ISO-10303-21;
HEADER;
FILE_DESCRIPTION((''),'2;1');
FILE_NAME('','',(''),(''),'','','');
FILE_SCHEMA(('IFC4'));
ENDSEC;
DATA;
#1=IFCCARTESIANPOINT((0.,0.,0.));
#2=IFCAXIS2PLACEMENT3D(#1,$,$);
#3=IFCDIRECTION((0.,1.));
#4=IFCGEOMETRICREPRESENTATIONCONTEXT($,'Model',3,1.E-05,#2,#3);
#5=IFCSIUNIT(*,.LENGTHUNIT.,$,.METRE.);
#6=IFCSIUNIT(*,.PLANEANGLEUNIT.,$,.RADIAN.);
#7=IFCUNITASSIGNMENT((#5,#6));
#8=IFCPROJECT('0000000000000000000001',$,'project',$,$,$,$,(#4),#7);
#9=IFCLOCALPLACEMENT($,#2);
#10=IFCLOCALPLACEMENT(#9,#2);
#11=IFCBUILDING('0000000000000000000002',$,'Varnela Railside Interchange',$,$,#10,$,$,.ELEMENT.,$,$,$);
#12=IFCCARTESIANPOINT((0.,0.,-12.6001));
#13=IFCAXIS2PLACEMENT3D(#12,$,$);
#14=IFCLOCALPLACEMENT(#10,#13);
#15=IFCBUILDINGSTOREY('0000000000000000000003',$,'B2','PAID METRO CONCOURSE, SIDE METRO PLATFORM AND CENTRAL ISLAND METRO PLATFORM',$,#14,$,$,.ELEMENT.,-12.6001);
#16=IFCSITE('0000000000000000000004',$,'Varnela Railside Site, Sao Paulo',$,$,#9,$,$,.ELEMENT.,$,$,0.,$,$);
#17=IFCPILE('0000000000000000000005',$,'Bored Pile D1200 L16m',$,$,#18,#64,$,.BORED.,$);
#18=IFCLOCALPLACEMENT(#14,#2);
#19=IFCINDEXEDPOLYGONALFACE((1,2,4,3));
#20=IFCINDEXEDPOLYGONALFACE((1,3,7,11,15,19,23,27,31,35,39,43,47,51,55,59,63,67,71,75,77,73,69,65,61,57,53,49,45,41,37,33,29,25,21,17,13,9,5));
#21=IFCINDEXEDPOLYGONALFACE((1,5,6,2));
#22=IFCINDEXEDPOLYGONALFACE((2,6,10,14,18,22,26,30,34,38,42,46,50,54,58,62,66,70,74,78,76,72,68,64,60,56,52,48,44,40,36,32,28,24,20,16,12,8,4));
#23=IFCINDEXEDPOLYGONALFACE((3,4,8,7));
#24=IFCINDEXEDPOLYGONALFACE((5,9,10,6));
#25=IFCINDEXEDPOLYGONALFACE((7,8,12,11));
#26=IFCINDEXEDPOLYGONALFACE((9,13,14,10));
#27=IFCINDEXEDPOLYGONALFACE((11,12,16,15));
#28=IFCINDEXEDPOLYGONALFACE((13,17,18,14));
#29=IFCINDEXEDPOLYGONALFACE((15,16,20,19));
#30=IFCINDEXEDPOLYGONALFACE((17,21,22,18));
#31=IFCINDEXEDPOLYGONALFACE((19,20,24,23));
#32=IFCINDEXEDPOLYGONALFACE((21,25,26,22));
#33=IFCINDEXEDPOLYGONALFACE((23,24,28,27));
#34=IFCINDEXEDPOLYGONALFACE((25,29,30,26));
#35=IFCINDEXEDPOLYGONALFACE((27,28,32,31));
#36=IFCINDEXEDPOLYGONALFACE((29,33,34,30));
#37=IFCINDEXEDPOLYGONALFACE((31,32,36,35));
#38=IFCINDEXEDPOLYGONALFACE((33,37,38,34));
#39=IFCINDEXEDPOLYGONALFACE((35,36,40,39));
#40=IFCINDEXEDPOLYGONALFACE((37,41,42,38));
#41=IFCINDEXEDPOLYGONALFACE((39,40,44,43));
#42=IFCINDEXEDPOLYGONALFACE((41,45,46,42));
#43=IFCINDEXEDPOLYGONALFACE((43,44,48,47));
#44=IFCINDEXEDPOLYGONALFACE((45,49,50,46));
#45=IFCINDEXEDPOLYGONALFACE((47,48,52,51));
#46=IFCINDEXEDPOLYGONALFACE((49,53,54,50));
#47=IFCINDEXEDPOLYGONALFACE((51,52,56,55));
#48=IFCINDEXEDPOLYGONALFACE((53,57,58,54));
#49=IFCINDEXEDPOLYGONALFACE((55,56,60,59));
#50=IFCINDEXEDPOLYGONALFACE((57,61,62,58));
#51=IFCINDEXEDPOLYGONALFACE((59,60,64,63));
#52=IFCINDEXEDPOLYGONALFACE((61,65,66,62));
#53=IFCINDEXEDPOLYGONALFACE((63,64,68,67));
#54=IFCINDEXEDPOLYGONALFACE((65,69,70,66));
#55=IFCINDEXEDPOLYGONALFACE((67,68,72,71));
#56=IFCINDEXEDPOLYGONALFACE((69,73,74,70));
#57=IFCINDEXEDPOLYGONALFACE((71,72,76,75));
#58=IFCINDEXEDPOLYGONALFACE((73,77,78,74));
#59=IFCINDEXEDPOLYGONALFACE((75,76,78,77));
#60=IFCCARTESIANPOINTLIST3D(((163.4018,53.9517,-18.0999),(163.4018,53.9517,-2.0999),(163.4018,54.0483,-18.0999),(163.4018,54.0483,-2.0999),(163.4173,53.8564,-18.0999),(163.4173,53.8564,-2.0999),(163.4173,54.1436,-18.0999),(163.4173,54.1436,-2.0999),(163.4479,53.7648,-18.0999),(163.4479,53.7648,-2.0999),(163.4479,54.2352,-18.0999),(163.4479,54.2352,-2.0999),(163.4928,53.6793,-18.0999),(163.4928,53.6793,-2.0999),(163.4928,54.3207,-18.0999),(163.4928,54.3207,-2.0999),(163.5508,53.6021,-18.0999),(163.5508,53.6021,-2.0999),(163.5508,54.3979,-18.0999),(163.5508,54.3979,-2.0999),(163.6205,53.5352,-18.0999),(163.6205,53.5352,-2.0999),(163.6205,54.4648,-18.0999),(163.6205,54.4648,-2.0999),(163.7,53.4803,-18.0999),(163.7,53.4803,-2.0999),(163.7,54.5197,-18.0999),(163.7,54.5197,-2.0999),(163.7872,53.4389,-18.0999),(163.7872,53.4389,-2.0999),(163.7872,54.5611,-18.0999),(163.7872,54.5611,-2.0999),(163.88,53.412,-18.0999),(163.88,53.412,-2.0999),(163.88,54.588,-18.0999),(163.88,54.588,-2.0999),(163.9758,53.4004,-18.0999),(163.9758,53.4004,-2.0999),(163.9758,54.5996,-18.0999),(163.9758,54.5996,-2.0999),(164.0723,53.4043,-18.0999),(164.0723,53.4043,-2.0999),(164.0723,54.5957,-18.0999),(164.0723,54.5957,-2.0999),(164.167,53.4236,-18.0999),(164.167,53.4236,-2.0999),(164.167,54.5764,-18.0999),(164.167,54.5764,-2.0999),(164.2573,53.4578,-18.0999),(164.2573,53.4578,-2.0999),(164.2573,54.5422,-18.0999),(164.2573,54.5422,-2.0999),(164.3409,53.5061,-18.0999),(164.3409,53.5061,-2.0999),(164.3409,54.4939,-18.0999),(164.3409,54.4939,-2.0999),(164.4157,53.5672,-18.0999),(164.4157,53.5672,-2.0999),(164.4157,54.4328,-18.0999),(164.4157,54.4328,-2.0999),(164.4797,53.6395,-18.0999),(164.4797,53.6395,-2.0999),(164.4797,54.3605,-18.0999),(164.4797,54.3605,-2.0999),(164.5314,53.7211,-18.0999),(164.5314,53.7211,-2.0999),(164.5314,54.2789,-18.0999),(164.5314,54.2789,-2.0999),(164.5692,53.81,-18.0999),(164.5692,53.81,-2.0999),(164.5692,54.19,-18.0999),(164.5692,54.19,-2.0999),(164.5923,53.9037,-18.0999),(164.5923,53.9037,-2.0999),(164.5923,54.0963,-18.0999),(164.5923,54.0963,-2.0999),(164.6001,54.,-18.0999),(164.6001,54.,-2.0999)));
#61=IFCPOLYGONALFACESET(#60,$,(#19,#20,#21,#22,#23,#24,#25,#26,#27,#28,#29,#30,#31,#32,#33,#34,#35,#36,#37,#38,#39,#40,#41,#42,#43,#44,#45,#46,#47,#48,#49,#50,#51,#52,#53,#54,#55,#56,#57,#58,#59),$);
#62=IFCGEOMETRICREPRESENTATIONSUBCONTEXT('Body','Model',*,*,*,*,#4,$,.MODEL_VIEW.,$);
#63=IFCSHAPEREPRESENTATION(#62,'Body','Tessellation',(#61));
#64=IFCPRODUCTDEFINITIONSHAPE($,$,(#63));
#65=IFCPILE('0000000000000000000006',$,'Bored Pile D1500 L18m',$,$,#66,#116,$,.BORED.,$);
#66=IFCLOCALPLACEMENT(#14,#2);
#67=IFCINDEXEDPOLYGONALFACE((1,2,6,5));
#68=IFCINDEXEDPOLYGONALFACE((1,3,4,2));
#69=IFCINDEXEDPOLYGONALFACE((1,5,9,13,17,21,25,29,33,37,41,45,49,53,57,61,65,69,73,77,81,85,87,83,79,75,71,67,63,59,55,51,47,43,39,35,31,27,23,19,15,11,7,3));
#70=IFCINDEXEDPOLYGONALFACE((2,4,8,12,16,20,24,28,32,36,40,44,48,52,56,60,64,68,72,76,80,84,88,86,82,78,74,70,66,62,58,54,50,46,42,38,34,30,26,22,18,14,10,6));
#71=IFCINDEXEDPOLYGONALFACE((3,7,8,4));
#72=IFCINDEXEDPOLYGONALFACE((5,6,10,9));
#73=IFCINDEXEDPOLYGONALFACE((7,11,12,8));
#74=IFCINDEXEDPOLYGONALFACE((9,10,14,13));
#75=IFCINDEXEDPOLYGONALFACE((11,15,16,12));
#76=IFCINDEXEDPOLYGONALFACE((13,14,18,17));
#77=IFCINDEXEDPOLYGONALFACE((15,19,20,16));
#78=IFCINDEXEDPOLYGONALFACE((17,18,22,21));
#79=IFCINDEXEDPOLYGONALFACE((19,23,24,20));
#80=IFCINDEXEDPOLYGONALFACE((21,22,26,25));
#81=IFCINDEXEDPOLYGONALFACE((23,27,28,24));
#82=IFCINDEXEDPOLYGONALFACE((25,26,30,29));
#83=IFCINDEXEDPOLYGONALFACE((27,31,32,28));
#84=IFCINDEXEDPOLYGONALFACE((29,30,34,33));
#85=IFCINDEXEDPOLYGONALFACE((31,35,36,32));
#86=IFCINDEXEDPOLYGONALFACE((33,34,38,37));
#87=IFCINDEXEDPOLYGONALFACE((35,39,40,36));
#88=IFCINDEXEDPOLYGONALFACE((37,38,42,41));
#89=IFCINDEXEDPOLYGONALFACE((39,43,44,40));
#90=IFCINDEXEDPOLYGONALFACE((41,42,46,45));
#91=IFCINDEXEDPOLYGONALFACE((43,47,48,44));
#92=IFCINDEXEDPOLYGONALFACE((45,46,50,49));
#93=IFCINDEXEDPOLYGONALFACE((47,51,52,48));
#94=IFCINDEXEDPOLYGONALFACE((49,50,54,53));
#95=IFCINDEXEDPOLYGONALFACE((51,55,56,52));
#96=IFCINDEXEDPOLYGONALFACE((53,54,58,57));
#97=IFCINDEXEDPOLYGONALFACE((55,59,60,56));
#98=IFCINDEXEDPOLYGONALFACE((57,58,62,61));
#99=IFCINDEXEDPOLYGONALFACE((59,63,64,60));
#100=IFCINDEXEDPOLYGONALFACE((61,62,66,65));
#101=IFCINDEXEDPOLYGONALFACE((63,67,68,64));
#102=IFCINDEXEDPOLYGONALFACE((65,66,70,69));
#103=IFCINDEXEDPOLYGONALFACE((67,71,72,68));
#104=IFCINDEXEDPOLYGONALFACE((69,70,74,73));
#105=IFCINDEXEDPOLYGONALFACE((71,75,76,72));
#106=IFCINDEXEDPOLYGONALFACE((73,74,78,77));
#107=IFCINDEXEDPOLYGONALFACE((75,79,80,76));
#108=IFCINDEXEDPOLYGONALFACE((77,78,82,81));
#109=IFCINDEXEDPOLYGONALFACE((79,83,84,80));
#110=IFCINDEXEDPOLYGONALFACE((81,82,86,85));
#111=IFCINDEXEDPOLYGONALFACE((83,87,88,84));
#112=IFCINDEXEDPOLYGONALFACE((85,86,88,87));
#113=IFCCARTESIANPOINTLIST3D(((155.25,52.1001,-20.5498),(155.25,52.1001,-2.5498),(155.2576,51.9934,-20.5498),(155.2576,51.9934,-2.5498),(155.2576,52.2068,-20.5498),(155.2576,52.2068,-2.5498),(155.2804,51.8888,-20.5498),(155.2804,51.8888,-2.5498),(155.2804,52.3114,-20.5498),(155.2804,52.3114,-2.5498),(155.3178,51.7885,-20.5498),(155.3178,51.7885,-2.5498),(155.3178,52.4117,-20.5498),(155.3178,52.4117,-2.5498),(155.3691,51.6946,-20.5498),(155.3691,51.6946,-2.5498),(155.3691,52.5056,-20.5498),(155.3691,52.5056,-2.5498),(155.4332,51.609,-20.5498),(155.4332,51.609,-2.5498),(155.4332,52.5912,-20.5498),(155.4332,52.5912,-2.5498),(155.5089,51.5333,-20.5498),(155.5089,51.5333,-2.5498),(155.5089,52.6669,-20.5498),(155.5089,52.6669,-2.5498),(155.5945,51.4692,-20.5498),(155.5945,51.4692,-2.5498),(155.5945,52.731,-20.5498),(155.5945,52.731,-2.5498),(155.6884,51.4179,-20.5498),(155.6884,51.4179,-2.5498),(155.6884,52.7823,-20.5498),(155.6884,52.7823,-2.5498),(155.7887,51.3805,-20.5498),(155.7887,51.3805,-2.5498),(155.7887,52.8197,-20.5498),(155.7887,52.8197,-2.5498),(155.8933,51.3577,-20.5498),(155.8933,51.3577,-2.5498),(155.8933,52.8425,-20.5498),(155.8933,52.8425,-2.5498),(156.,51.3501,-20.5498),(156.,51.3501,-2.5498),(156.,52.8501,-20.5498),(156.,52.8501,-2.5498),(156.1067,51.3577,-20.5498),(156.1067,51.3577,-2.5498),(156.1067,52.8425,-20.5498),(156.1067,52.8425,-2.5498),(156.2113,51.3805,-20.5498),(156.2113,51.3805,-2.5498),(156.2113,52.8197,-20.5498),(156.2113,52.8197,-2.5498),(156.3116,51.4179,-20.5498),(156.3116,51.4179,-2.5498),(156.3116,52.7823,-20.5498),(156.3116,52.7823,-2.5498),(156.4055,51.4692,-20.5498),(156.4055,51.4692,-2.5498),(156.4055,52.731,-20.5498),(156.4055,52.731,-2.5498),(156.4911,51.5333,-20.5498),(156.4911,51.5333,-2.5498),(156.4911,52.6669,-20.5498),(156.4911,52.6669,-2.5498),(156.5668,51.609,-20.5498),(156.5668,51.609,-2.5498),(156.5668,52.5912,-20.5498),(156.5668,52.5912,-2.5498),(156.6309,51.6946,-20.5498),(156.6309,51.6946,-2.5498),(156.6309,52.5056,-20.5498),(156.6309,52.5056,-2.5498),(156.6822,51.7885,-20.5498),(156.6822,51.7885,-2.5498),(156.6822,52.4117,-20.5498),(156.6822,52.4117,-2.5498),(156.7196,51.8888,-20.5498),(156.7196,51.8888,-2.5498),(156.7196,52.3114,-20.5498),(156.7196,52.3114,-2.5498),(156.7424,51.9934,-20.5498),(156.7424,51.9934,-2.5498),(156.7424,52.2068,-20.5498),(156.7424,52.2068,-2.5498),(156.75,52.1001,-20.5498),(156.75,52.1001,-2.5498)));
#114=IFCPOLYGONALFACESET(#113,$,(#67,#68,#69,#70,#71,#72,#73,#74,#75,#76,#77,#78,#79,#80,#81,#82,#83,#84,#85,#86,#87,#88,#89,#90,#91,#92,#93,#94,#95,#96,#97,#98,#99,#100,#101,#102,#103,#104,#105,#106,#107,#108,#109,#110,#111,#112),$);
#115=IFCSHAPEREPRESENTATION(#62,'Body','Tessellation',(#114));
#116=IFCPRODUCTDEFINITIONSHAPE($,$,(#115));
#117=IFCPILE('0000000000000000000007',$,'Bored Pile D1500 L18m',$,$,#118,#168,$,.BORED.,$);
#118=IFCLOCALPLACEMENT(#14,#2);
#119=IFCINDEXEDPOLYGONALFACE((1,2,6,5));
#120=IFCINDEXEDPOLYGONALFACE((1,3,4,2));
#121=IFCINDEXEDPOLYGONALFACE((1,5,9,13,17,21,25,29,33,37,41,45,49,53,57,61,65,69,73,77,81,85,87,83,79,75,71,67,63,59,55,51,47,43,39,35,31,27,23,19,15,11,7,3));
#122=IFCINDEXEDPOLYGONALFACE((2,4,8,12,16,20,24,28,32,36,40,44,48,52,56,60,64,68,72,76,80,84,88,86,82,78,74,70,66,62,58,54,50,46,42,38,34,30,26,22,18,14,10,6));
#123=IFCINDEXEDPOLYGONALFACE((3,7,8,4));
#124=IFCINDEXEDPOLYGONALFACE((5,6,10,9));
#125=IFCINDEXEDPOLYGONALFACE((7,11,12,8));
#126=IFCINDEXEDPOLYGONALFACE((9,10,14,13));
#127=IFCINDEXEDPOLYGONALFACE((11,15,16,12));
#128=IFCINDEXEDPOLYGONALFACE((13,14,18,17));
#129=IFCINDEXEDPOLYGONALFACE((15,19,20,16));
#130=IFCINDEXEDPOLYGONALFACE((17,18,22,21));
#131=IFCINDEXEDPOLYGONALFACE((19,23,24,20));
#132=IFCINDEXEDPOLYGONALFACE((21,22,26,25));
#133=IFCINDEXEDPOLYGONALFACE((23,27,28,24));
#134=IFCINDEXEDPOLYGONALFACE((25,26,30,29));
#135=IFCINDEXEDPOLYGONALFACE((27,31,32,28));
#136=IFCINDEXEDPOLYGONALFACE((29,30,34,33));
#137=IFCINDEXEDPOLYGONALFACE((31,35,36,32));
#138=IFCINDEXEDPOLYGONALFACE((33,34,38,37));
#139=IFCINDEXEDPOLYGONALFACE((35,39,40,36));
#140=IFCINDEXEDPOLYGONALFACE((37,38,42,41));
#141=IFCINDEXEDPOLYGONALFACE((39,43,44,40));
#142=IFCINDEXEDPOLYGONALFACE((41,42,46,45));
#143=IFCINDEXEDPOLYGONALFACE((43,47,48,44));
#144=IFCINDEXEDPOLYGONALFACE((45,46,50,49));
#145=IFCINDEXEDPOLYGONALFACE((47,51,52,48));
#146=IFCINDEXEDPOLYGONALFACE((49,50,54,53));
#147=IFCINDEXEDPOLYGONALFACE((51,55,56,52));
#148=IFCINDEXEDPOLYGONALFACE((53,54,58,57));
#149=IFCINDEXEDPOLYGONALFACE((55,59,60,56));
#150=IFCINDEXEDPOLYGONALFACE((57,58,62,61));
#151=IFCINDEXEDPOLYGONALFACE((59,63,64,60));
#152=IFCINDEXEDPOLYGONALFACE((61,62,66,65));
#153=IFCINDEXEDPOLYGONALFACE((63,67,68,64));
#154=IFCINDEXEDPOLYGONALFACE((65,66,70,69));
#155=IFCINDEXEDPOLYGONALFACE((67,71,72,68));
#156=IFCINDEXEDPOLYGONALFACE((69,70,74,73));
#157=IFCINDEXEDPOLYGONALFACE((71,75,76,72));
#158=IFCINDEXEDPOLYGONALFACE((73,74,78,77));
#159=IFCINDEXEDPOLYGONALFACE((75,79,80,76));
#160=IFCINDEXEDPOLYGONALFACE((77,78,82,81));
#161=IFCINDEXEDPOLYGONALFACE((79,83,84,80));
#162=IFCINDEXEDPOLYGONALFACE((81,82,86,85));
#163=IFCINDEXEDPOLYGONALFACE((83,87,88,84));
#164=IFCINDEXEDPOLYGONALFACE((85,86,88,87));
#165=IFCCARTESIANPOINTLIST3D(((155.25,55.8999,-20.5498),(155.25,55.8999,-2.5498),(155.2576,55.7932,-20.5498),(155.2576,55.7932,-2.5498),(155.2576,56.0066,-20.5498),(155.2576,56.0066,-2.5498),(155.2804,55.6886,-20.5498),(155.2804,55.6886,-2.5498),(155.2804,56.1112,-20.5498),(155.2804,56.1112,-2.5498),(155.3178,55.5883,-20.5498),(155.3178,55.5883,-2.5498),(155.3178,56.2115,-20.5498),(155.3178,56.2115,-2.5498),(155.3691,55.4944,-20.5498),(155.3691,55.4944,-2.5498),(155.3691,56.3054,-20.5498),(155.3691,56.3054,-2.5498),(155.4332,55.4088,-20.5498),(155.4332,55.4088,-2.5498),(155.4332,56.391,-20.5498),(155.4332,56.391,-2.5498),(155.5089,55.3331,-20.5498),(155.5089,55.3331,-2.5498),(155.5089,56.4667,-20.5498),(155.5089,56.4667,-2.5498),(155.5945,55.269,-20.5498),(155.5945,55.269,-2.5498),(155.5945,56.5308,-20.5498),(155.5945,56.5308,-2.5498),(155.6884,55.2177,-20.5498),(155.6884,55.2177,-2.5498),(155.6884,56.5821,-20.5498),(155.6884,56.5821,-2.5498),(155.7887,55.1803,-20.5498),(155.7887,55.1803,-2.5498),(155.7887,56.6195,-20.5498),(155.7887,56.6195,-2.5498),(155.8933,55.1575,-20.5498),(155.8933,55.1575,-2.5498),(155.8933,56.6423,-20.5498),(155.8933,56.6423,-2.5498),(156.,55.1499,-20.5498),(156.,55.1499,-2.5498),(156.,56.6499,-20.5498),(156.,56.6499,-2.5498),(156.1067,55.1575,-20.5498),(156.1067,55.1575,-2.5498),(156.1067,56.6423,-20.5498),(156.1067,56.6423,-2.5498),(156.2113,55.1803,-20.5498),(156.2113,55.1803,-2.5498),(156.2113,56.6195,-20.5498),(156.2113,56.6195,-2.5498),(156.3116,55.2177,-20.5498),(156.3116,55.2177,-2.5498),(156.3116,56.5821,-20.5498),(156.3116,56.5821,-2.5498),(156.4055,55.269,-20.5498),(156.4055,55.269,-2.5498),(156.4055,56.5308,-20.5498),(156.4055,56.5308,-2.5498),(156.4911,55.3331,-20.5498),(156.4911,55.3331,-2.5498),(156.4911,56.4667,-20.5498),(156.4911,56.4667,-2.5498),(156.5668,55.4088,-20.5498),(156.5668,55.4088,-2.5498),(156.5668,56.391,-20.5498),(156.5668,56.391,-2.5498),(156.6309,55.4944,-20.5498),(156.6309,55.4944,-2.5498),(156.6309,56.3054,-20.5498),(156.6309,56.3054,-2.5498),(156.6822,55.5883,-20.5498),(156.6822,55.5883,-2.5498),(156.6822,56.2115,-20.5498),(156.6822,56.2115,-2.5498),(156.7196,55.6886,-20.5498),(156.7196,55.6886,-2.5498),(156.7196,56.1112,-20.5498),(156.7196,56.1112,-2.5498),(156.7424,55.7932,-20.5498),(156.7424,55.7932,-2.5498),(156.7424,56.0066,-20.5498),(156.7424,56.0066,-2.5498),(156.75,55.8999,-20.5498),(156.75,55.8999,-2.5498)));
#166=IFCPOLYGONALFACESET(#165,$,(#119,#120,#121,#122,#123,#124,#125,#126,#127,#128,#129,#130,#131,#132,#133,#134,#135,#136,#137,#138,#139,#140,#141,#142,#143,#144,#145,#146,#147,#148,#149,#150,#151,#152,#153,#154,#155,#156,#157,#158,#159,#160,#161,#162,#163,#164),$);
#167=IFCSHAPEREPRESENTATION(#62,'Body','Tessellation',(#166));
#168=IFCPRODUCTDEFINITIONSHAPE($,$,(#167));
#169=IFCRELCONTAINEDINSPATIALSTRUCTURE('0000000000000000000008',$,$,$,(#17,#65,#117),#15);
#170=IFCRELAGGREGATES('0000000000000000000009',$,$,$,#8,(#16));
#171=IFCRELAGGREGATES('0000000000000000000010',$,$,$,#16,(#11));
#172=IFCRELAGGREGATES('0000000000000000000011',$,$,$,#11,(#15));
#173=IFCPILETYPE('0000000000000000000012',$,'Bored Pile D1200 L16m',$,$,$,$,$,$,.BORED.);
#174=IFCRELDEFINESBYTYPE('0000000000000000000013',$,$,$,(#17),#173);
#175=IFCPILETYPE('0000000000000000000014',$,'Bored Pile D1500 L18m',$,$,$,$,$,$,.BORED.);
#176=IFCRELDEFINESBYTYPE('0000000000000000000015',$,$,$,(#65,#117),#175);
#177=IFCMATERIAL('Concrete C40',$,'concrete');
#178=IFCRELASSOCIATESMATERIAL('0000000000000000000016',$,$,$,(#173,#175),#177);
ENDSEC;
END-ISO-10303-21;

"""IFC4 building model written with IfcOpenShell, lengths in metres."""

from ifc_helpers import new_model, si_unit, direction, frame, origin, origin_2d, place, context, subcontext, project, spatial, circle, extrude, material, material_profile, profile_set, type_object, element, save


model = new_model("IFC4")

# Units and contexts
model_context = context("Model", 3, precision=1e-05, world=origin(), true_north=direction((0.0, 1.0)))
body_context = subcontext(model_context, "Body", "Model", "MODEL_VIEW")
ifc_project = project(units=[si_unit("LENGTHUNIT", "METRE"), si_unit("PLANEANGLEUNIT", "RADIAN")], contexts=[model_context])

# Site, building, storey
site_placement = place(None, origin())
site = spatial("IfcSite", under=ifc_project, at=site_placement, Name="Varnela Railside Site, Sao Paulo", CompositionType="ELEMENT", RefElevation=0.0)
building_placement = place(site_placement, origin())
building = spatial("IfcBuilding", under=site, at=building_placement, Name="Varnela Railside Interchange", CompositionType="ELEMENT")
storey_placement = place(building_placement, frame((0.0, 0.0, -12.6001)))
storey = spatial("IfcBuildingStorey", under=building, at=storey_placement, Name="B2", Description="PAID METRO CONCOURSE, SIDE METRO PLATFORM AND CENTRAL ISLAND METRO PLATFORM", CompositionType="ELEMENT", Elevation=-12.6001)

# Piles
ifc_material_1 = material(Name="Concrete C40", Category="concrete")
ifc_material_profile_1 = material_profile(ifc_material_1, circle(Radius=0.6001, at=origin_2d()), Name="BORED PILE D1200")
ifc_profile_set_1 = profile_set([ifc_material_profile_1], Name="Concrete C40")
pile_type_1 = type_object("IfcPileType", Name="Bored Pile D1200 L16m", PredefinedType="BORED", material=ifc_profile_set_1)
pile_placement = place(storey_placement, frame((164.0, 54.0, -2.0999), z_axis=(0.0, 0.0, -1.0), x_axis=(1.0, 0.0, 0.0)))
element("IfcPile", 1, at=pile_placement, inside=storey, type_object=pile_type_1, Name="Bored Pile D1200 L16m", PredefinedType="BORED", context=body_context, shape_type="SweptSolid", body=[
    extrude(circle(Radius=0.6001, at=origin_2d()), origin(), (0.0, 0.0, 1.0), 16.0),
])
ifc_material_profile_2 = material_profile(ifc_material_1, circle(Radius=0.75, at=origin_2d()), Name="BORED PILE D1500")
ifc_profile_set_2 = profile_set([ifc_material_profile_2], Name="Concrete C40")
pile_type_2 = type_object("IfcPileType", Name="Bored Pile D1500 L18m", PredefinedType="BORED", material=ifc_profile_set_2)
for number, where, z_axis, x_axis, name in (
    (2, (156.0, 52.1001, -2.5498), (0.0, 0.0, -1.0), (1.0, 0.0, 0.0), "Bored Pile D1500 L18m"),
    (3, (156.0, 55.8999, -2.5498), (0.0, 0.0, -1.0), (1.0, 0.0, 0.0), "Bored Pile D1500 L18m"),
):
    element("IfcPile", number, at=place(storey_placement, frame(where, z_axis=z_axis, x_axis=x_axis)), inside=storey, type_object=pile_type_2, Name=name, PredefinedType="BORED", context=body_context, shape_type="SweptSolid", body=[
        extrude(circle(Radius=0.75, at=origin_2d()), origin(), (0.0, 0.0, 1.0), 18.0),
    ])

save(model, "model.ifc")
